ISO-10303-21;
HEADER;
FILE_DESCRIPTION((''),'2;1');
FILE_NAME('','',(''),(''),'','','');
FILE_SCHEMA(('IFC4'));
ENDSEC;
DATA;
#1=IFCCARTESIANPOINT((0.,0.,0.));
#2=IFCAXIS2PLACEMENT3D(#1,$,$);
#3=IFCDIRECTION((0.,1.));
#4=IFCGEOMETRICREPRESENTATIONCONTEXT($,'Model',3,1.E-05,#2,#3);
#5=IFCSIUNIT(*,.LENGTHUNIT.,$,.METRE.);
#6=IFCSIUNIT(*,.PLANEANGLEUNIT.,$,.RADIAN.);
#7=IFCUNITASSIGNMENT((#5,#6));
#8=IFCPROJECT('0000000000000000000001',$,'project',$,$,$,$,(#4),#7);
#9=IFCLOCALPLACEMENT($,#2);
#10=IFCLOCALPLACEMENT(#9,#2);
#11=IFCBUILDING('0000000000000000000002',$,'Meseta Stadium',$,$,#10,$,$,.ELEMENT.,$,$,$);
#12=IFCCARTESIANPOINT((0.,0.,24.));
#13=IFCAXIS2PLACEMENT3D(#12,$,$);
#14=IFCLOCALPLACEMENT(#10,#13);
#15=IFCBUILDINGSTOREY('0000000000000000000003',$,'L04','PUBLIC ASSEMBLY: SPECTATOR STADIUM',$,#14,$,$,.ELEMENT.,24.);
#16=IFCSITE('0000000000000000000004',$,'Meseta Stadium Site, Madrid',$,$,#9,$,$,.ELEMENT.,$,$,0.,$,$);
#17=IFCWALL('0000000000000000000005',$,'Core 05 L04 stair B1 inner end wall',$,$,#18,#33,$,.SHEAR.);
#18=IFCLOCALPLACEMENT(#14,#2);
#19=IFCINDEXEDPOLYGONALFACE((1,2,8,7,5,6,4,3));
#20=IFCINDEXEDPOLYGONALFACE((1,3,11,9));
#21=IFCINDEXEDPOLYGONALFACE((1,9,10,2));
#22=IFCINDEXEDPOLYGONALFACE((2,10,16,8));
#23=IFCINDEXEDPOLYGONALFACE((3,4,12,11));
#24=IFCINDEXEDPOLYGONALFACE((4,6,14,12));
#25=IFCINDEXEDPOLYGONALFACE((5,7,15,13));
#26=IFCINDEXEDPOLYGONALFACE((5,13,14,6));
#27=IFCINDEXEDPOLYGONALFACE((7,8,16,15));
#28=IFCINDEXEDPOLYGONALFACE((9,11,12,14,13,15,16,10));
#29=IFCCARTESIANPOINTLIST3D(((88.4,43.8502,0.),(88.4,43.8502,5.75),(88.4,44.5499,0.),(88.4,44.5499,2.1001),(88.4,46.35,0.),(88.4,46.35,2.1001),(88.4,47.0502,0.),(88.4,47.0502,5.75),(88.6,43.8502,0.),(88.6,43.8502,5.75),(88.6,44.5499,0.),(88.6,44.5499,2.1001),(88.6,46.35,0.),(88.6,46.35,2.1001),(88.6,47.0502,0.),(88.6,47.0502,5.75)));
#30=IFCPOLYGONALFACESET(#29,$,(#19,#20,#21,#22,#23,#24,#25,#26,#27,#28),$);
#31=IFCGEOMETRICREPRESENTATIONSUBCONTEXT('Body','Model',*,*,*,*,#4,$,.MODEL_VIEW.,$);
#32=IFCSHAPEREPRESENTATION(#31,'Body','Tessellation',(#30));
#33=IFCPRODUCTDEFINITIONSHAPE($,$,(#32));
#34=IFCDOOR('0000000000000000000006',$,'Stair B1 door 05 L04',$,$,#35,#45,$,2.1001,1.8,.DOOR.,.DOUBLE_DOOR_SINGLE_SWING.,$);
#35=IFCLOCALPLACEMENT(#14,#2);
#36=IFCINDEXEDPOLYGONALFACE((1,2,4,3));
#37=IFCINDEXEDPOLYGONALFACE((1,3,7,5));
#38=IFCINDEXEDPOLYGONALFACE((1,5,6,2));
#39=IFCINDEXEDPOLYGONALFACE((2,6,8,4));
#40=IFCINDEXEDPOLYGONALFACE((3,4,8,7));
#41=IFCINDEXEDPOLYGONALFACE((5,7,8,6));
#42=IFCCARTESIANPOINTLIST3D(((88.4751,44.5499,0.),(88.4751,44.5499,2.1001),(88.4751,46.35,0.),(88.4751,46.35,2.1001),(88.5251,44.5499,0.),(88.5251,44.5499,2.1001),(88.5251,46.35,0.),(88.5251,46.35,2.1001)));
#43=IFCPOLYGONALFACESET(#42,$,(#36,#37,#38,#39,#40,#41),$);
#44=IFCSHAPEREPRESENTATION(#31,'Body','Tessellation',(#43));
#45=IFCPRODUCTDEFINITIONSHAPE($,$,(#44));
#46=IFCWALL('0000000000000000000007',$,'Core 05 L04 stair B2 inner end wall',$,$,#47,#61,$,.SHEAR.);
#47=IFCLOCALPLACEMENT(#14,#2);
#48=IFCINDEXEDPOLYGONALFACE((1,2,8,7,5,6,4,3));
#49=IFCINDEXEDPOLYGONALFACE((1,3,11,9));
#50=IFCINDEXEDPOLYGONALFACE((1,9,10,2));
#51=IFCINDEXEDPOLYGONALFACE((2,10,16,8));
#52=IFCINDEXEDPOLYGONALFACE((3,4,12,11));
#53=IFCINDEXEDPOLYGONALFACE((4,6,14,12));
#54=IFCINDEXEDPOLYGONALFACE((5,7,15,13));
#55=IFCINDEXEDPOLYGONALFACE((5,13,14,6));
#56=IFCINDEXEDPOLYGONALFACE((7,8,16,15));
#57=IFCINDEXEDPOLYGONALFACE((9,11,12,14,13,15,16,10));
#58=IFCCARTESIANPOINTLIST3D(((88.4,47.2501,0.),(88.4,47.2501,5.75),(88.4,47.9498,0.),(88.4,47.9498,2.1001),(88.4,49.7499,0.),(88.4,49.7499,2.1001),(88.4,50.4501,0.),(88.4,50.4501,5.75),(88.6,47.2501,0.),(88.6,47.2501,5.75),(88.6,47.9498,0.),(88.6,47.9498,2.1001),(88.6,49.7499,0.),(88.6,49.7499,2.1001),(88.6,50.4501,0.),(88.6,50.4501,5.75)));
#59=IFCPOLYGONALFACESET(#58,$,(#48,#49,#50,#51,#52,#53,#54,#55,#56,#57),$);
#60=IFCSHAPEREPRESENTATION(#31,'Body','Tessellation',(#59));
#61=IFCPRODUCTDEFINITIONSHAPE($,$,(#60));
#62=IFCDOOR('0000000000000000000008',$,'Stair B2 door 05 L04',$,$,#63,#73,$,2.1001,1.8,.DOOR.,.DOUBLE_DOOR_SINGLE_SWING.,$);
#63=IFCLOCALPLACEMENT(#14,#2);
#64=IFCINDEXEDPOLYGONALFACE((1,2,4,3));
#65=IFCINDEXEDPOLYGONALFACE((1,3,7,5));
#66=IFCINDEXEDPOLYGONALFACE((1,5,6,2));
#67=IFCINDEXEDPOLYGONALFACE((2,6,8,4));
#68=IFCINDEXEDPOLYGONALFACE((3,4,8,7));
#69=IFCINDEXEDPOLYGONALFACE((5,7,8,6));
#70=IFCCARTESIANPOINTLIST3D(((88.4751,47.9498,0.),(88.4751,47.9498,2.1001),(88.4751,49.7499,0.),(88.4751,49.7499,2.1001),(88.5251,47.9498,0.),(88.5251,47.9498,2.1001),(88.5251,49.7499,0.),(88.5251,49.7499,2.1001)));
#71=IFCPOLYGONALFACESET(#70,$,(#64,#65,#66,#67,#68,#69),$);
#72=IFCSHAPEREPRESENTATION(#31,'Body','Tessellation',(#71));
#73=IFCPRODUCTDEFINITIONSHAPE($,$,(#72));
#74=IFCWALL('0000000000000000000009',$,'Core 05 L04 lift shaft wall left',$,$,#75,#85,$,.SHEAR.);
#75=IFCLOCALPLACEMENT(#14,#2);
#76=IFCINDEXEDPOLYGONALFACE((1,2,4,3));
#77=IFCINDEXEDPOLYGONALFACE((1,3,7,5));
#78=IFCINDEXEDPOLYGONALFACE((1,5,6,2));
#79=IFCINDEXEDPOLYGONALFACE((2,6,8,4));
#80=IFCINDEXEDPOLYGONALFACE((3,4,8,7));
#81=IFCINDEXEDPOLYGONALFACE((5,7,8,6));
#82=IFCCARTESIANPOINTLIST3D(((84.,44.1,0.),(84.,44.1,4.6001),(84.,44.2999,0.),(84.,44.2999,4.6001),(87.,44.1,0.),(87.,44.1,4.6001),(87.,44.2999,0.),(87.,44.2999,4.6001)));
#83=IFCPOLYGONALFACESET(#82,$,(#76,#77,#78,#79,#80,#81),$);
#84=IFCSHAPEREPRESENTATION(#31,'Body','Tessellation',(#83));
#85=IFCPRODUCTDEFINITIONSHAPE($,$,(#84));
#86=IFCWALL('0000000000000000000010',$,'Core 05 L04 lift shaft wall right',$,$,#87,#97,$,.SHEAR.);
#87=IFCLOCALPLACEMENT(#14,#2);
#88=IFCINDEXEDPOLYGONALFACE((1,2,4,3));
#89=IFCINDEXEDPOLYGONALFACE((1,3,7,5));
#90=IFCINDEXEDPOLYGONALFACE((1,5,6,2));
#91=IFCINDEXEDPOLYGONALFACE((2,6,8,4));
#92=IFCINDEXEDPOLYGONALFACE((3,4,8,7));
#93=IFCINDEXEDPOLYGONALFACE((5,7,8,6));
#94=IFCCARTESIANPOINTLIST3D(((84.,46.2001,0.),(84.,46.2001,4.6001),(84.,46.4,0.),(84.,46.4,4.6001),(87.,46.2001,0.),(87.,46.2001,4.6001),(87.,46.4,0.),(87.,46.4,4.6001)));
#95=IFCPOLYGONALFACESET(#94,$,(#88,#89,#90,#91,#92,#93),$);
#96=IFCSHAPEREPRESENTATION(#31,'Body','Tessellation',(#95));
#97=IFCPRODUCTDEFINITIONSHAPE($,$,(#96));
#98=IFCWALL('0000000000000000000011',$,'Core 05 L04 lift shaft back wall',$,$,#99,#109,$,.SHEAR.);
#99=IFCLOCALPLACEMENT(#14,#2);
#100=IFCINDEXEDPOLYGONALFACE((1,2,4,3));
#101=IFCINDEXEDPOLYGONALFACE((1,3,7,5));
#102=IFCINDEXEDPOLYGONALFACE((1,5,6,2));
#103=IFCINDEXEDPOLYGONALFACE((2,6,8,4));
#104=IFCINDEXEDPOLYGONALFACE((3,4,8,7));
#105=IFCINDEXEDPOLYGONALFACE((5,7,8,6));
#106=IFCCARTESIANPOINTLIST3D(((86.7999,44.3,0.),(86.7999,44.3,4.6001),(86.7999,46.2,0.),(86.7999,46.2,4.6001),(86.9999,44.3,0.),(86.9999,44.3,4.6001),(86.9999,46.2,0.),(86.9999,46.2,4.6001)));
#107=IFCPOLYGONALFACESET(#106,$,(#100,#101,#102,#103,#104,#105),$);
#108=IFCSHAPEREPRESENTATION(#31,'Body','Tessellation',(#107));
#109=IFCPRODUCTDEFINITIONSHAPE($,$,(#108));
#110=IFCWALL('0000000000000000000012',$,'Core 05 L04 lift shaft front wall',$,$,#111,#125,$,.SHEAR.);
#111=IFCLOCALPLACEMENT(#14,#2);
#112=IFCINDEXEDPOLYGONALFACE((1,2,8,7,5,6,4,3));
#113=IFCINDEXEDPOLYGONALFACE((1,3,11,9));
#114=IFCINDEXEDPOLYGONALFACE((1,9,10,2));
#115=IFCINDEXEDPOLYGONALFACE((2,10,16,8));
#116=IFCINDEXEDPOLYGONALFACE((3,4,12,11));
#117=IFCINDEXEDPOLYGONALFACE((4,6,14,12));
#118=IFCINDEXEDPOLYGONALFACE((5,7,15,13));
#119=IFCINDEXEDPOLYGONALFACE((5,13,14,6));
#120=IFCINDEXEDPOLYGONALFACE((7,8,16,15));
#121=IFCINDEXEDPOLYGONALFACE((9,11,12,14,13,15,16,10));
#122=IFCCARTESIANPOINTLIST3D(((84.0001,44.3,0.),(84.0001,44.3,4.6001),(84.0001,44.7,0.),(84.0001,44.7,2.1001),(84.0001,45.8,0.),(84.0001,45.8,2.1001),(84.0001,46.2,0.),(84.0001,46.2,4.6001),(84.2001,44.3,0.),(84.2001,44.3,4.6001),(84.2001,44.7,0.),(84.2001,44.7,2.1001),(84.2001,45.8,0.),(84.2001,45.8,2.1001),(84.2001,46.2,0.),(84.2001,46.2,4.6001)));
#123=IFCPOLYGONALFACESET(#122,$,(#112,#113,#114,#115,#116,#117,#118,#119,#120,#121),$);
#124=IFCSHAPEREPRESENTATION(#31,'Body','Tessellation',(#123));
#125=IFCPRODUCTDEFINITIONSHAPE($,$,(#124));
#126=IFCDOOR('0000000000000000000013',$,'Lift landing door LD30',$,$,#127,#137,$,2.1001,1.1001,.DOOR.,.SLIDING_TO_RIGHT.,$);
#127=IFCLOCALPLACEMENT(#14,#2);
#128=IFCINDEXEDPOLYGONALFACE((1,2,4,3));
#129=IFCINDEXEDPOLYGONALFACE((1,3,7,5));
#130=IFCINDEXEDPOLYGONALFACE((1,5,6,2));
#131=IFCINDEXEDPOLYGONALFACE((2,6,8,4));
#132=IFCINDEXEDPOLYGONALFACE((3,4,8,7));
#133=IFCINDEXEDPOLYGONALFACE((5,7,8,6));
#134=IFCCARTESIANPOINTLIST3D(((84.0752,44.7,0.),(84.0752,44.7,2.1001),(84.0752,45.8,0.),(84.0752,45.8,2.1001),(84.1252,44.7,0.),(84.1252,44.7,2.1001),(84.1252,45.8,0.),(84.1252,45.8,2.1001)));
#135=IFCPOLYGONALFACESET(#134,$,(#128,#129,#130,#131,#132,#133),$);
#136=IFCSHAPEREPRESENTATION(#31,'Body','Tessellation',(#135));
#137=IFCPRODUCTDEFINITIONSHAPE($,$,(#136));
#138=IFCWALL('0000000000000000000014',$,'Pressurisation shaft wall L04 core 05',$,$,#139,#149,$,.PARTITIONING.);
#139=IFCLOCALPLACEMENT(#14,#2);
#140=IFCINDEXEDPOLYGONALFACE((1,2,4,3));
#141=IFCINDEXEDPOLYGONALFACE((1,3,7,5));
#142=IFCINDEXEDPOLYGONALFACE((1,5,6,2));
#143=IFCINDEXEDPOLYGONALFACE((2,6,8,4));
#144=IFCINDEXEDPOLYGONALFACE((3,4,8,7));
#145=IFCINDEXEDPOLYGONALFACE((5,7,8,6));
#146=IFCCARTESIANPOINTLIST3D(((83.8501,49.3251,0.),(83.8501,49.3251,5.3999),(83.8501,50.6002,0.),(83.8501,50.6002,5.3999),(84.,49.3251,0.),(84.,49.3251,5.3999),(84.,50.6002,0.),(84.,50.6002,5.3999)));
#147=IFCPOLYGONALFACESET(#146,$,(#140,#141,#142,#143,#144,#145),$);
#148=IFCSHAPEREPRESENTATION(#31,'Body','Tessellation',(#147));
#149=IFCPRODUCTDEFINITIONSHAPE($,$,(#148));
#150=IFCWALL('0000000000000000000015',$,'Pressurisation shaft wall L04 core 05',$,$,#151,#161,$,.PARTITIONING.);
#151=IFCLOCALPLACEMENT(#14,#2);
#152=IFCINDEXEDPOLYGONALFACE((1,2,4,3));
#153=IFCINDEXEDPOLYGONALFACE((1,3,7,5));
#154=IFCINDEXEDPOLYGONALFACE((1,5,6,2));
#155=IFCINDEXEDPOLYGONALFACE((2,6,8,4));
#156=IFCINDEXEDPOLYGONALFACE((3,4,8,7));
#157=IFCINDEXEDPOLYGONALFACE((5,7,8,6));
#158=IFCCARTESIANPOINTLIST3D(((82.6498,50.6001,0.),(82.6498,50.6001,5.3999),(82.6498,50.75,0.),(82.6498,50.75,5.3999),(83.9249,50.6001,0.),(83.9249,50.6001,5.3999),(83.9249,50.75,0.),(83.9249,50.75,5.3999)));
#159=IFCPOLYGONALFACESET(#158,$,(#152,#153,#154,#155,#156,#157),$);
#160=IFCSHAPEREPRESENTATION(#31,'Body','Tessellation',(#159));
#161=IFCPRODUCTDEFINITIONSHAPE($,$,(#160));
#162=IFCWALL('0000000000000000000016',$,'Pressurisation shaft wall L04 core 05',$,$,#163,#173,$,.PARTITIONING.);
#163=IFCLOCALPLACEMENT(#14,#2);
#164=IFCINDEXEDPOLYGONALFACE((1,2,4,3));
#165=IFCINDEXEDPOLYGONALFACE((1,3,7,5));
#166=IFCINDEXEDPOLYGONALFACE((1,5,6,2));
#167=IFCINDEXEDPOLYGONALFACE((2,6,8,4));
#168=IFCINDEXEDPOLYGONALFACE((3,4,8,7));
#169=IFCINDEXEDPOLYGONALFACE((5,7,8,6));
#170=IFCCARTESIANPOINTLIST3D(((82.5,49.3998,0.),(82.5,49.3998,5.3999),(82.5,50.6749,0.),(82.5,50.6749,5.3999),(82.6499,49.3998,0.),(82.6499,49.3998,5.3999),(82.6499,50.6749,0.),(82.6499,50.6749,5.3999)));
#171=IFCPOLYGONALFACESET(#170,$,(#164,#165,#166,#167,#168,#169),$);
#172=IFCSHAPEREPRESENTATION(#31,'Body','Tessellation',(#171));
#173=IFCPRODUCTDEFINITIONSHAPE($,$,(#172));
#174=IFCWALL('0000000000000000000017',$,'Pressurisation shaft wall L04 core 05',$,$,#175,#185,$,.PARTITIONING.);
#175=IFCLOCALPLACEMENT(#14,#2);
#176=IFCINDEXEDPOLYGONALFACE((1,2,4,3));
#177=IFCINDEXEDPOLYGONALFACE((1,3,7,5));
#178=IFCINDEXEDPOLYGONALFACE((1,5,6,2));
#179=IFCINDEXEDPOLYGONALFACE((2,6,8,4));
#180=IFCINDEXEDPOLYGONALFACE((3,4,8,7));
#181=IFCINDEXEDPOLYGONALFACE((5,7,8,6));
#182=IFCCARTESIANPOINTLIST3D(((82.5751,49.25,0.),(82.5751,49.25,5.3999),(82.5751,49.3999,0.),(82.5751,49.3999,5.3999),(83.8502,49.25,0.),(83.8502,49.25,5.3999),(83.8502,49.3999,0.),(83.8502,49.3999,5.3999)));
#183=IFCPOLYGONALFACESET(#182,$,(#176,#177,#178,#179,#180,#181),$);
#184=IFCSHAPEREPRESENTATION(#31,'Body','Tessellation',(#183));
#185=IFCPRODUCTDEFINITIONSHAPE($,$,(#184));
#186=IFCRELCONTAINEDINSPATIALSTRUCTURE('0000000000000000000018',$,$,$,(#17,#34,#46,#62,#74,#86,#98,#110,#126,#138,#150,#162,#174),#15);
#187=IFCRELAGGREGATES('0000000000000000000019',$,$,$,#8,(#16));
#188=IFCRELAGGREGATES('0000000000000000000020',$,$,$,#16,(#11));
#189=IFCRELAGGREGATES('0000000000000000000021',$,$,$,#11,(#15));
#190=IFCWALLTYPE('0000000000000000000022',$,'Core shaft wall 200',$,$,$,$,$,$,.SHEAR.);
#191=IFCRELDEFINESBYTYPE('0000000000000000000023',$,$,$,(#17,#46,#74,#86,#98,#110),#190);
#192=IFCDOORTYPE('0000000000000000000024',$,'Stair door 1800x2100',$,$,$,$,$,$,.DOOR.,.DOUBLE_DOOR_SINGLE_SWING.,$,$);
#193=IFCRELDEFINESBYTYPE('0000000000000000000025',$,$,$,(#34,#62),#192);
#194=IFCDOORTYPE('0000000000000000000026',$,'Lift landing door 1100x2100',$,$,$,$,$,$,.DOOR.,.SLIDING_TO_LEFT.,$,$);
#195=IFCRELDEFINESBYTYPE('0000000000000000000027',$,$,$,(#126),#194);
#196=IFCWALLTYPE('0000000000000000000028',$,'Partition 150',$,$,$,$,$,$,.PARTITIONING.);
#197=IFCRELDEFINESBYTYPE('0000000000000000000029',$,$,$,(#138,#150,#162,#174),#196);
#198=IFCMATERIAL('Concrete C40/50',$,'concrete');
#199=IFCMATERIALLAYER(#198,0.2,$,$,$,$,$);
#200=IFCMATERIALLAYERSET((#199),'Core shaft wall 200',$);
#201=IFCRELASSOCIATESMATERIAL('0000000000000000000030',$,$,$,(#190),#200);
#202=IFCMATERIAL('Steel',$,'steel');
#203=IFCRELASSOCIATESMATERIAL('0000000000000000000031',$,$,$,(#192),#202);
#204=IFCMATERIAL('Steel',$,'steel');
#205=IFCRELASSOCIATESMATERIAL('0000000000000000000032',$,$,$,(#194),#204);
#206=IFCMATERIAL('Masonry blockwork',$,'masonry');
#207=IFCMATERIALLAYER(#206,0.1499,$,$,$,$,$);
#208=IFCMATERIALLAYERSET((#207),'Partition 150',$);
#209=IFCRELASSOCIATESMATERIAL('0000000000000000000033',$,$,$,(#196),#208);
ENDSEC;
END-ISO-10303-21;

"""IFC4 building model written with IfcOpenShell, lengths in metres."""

from ifc_helpers import new_model, si_unit, direction, frame, frame_2d, origin, place, context, subcontext, project, spatial, rectangle, extrude, material, layer, layer_set, type_object, element, fill, save


model = new_model("IFC4")

# Units and contexts
model_context = context("Model", 3, precision=1e-05, world=origin(), true_north=direction((0.0, 1.0)))
body_context = subcontext(model_context, "Body", "Model", "MODEL_VIEW")
ifc_project = project(units=[si_unit("LENGTHUNIT", "METRE"), si_unit("PLANEANGLEUNIT", "RADIAN")], contexts=[model_context])

# Site, building, storey
site_placement = place(None, origin())
site = spatial("IfcSite", under=ifc_project, at=site_placement, Name="Meseta Stadium Site, Madrid", CompositionType="ELEMENT", RefElevation=0.0)
building_placement = place(site_placement, origin())
building = spatial("IfcBuilding", under=site, at=building_placement, Name="Meseta Stadium", CompositionType="ELEMENT")
storey_placement = place(building_placement, frame((0.0, 0.0, 24.0)))
storey = spatial("IfcBuildingStorey", under=building, at=storey_placement, Name="L04", Description="PUBLIC ASSEMBLY: SPECTATOR STADIUM", CompositionType="ELEMENT", Elevation=24.0)

# Walls, openings, doors
ifc_material_1 = material(Name="Concrete C40/50", Category="concrete")
ifc_layer_1 = layer(ifc_material_1, 0.2)
ifc_layer_set_1 = layer_set([ifc_layer_1], Name="Core shaft wall 200")
wall_type_1 = type_object("IfcWallType", Name="Core shaft wall 200", PredefinedType="SHEAR", material=ifc_layer_set_1)
wall_1_placement = place(storey_placement, frame((88.5, 43.8501, 0.0), z_axis=(0.0, 0.0, 1.0), x_axis=(0.0, 1.0, 0.0)))
wall_1 = element("IfcWall", 1, at=wall_1_placement, inside=storey, type_object=wall_type_1, Name="Core 05 L04 stair B1 inner end wall", PredefinedType="SHEAR", context=body_context, shape_type="SweptSolid", body=[
    extrude(rectangle(XDim=3.2, YDim=0.2, at=frame_2d((1.6001, 0.0))), origin(), (0.0, 0.0, 1.0), 5.75),
])
opening_1_placement = place(wall_1_placement, frame((0.7, 0.0, 0.0)))
opening_1 = element("IfcOpeningElement", 2, at=opening_1_placement, cuts=wall_1, PredefinedType="OPENING", context=body_context, shape_type="SweptSolid", body=[
    extrude(rectangle(XDim=1.8, YDim=2.1001, at=frame_2d((0.8999, 1.05))), frame((0.0, 0.1099, 0.0), z_axis=(0.0, -1.0, 0.0), x_axis=(1.0, 0.0, 0.0)), (0.0, 0.0, 1.0), 0.22),
])
ifc_material_2 = material(Name="Steel", Category="steel")
door_type_1 = type_object("IfcDoorType", Name="Stair door 1800x2100", OperationType="DOUBLE_DOOR_SINGLE_SWING", PredefinedType="DOOR", material=ifc_material_2)
door_1_placement = place(opening_1_placement, origin())
door_1 = element("IfcDoor", 3, at=door_1_placement, inside=storey, type_object=door_type_1, Name="Stair B1 door 05 L04", OperationType="DOUBLE_DOOR_SINGLE_SWING", OverallHeight=2.1001, OverallWidth=1.8, PredefinedType="DOOR", context=body_context, shape_type="SweptSolid", body=[
    extrude(rectangle(XDim=1.8, YDim=2.1001, at=frame_2d((0.8999, 1.05))), frame((0.0, 0.0249, 0.0), z_axis=(0.0, -1.0, 0.0), x_axis=(1.0, 0.0, 0.0)), (0.0, 0.0, 1.0), 0.05),
])
fill(opening_1, door_1)
wall_2_placement = place(storey_placement, frame((88.5, 47.25, 0.0), z_axis=(0.0, 0.0, 1.0), x_axis=(0.0, 1.0, 0.0)))
wall_2 = element("IfcWall", 4, at=wall_2_placement, inside=storey, type_object=wall_type_1, Name="Core 05 L04 stair B2 inner end wall", PredefinedType="SHEAR", context=body_context, shape_type="SweptSolid", body=[
    extrude(rectangle(XDim=3.2, YDim=0.2, at=frame_2d((1.6001, 0.0))), origin(), (0.0, 0.0, 1.0), 5.75),
])
opening_2_placement = place(wall_2_placement, frame((0.7, 0.0, 0.0)))
opening_2 = element("IfcOpeningElement", 5, at=opening_2_placement, cuts=wall_2, PredefinedType="OPENING", context=body_context, shape_type="SweptSolid", body=[
    extrude(rectangle(XDim=1.8, YDim=2.1001, at=frame_2d((0.8999, 1.05))), frame((0.0, 0.1099, 0.0), z_axis=(0.0, -1.0, 0.0), x_axis=(1.0, 0.0, 0.0)), (0.0, 0.0, 1.0), 0.22),
])
door_2_placement = place(opening_2_placement, origin())
door_2 = element("IfcDoor", 6, at=door_2_placement, inside=storey, type_object=door_type_1, Name="Stair B2 door 05 L04", OperationType="DOUBLE_DOOR_SINGLE_SWING", OverallHeight=2.1001, OverallWidth=1.8, PredefinedType="DOOR", context=body_context, shape_type="SweptSolid", body=[
    extrude(rectangle(XDim=1.8, YDim=2.1001, at=frame_2d((0.8999, 1.05))), frame((0.0, 0.0249, 0.0), z_axis=(0.0, -1.0, 0.0), x_axis=(1.0, 0.0, 0.0)), (0.0, 0.0, 1.0), 0.05),
])
fill(opening_2, door_2)

# Walls
for number, where, z_axis, x_axis, name in (
    (7, (87.0, 44.2, 0.0), (0.0, 0.0, 1.0), (-1.0, 0.0, 0.0), "Core 05 L04 lift shaft wall left"),
    (8, (87.0, 46.3, 0.0), (0.0, 0.0, 1.0), (-1.0, 0.0, 0.0), "Core 05 L04 lift shaft wall right"),
):
    element("IfcWall", number, at=place(storey_placement, frame(where, z_axis=z_axis, x_axis=x_axis)), inside=storey, type_object=wall_type_1, Name=name, PredefinedType="SHEAR", context=body_context, shape_type="SweptSolid", body=[
        extrude(rectangle(XDim=3.0, YDim=0.2, at=frame_2d((1.5, 0.0))), origin(), (0.0, 0.0, 1.0), 4.6001),
    ])
wall_3_placement = place(storey_placement, frame((86.8999, 44.3, 0.0), z_axis=(0.0, 0.0, 1.0), x_axis=(0.0, 1.0, 0.0)))
element("IfcWall", 9, at=wall_3_placement, inside=storey, type_object=wall_type_1, Name="Core 05 L04 lift shaft back wall", PredefinedType="SHEAR", context=body_context, shape_type="SweptSolid", body=[
    extrude(rectangle(XDim=1.8999, YDim=0.2, at=frame_2d((0.95, 0.0))), origin(), (0.0, 0.0, 1.0), 4.6001),
])

# Wall, opening, door
wall_4_placement = place(storey_placement, frame((84.1001, 44.3, 0.0), z_axis=(0.0, 0.0, 1.0), x_axis=(0.0, 1.0, 0.0)))
wall_4 = element("IfcWall", 10, at=wall_4_placement, inside=storey, type_object=wall_type_1, Name="Core 05 L04 lift shaft front wall", PredefinedType="SHEAR", context=body_context, shape_type="SweptSolid", body=[
    extrude(rectangle(XDim=1.8999, YDim=0.2, at=frame_2d((0.95, 0.0))), origin(), (0.0, 0.0, 1.0), 4.6001),
])
opening_3_placement = place(wall_4_placement, frame((0.3999, 0.0, 0.0)))
opening_3 = element("IfcOpeningElement", 11, at=opening_3_placement, cuts=wall_4, PredefinedType="OPENING", context=body_context, shape_type="SweptSolid", body=[
    extrude(rectangle(XDim=1.1001, YDim=2.1001, at=frame_2d((0.55, 1.05))), frame((0.0, 0.1099, 0.0), z_axis=(0.0, -1.0, 0.0), x_axis=(1.0, 0.0, 0.0)), (0.0, 0.0, 1.0), 0.22),
])
ifc_material_3 = material(Name="Steel", Category="steel")
door_type_2 = type_object("IfcDoorType", Name="Lift landing door 1100x2100", OperationType="SLIDING_TO_LEFT", PredefinedType="DOOR", material=ifc_material_3)
door_3_placement = place(opening_3_placement, origin())
door_3 = element("IfcDoor", 12, at=door_3_placement, inside=storey, type_object=door_type_2, Name="Lift landing door LD30", OperationType="SLIDING_TO_RIGHT", OverallHeight=2.1001, OverallWidth=1.1001, PredefinedType="DOOR", context=body_context, shape_type="SweptSolid", body=[
    extrude(rectangle(XDim=1.1001, YDim=2.1001, at=frame_2d((0.55, 1.05))), frame((0.0, 0.0249, 0.0), z_axis=(0.0, -1.0, 0.0), x_axis=(1.0, 0.0, 0.0)), (0.0, 0.0, 1.0), 0.05),
])
fill(opening_3, door_3)

# Walls
ifc_material_4 = material(Name="Masonry blockwork", Category="masonry")
ifc_layer_2 = layer(ifc_material_4, 0.1499)
ifc_layer_set_2 = layer_set([ifc_layer_2], Name="Partition 150")
wall_type_2 = type_object("IfcWallType", Name="Partition 150", PredefinedType="PARTITIONING", material=ifc_layer_set_2)
for number, where, z_axis, x_axis, name in (
    (13, (83.925, 49.325, 0.0), (0.0, 0.0, 1.0), (0.0, 1.0, 0.0), "Pressurisation shaft wall L04 core 05"),
    (14, (83.925, 50.675, 0.0), (0.0, 0.0, 1.0), (-1.0, 0.0, 0.0), "Pressurisation shaft wall L04 core 05"),
    (15, (82.575, 50.675, 0.0), (0.0, 0.0, 1.0), (0.0, -1.0, 0.0), "Pressurisation shaft wall L04 core 05"),
    (16, (82.575, 49.325, 0.0), (0.0, 0.0, 1.0), (1.0, 0.0, 0.0), "Pressurisation shaft wall L04 core 05"),
):
    element("IfcWall", number, at=place(storey_placement, frame(where, z_axis=z_axis, x_axis=x_axis)), inside=storey, type_object=wall_type_2, Name=name, PredefinedType="PARTITIONING", context=body_context, shape_type="SweptSolid", body=[
        extrude(rectangle(XDim=1.2751, YDim=0.1499, at=frame_2d((0.6377, 0.0))), origin(), (0.0, 0.0, 1.0), 5.3999),
    ])

save(model, "model.ifc")
